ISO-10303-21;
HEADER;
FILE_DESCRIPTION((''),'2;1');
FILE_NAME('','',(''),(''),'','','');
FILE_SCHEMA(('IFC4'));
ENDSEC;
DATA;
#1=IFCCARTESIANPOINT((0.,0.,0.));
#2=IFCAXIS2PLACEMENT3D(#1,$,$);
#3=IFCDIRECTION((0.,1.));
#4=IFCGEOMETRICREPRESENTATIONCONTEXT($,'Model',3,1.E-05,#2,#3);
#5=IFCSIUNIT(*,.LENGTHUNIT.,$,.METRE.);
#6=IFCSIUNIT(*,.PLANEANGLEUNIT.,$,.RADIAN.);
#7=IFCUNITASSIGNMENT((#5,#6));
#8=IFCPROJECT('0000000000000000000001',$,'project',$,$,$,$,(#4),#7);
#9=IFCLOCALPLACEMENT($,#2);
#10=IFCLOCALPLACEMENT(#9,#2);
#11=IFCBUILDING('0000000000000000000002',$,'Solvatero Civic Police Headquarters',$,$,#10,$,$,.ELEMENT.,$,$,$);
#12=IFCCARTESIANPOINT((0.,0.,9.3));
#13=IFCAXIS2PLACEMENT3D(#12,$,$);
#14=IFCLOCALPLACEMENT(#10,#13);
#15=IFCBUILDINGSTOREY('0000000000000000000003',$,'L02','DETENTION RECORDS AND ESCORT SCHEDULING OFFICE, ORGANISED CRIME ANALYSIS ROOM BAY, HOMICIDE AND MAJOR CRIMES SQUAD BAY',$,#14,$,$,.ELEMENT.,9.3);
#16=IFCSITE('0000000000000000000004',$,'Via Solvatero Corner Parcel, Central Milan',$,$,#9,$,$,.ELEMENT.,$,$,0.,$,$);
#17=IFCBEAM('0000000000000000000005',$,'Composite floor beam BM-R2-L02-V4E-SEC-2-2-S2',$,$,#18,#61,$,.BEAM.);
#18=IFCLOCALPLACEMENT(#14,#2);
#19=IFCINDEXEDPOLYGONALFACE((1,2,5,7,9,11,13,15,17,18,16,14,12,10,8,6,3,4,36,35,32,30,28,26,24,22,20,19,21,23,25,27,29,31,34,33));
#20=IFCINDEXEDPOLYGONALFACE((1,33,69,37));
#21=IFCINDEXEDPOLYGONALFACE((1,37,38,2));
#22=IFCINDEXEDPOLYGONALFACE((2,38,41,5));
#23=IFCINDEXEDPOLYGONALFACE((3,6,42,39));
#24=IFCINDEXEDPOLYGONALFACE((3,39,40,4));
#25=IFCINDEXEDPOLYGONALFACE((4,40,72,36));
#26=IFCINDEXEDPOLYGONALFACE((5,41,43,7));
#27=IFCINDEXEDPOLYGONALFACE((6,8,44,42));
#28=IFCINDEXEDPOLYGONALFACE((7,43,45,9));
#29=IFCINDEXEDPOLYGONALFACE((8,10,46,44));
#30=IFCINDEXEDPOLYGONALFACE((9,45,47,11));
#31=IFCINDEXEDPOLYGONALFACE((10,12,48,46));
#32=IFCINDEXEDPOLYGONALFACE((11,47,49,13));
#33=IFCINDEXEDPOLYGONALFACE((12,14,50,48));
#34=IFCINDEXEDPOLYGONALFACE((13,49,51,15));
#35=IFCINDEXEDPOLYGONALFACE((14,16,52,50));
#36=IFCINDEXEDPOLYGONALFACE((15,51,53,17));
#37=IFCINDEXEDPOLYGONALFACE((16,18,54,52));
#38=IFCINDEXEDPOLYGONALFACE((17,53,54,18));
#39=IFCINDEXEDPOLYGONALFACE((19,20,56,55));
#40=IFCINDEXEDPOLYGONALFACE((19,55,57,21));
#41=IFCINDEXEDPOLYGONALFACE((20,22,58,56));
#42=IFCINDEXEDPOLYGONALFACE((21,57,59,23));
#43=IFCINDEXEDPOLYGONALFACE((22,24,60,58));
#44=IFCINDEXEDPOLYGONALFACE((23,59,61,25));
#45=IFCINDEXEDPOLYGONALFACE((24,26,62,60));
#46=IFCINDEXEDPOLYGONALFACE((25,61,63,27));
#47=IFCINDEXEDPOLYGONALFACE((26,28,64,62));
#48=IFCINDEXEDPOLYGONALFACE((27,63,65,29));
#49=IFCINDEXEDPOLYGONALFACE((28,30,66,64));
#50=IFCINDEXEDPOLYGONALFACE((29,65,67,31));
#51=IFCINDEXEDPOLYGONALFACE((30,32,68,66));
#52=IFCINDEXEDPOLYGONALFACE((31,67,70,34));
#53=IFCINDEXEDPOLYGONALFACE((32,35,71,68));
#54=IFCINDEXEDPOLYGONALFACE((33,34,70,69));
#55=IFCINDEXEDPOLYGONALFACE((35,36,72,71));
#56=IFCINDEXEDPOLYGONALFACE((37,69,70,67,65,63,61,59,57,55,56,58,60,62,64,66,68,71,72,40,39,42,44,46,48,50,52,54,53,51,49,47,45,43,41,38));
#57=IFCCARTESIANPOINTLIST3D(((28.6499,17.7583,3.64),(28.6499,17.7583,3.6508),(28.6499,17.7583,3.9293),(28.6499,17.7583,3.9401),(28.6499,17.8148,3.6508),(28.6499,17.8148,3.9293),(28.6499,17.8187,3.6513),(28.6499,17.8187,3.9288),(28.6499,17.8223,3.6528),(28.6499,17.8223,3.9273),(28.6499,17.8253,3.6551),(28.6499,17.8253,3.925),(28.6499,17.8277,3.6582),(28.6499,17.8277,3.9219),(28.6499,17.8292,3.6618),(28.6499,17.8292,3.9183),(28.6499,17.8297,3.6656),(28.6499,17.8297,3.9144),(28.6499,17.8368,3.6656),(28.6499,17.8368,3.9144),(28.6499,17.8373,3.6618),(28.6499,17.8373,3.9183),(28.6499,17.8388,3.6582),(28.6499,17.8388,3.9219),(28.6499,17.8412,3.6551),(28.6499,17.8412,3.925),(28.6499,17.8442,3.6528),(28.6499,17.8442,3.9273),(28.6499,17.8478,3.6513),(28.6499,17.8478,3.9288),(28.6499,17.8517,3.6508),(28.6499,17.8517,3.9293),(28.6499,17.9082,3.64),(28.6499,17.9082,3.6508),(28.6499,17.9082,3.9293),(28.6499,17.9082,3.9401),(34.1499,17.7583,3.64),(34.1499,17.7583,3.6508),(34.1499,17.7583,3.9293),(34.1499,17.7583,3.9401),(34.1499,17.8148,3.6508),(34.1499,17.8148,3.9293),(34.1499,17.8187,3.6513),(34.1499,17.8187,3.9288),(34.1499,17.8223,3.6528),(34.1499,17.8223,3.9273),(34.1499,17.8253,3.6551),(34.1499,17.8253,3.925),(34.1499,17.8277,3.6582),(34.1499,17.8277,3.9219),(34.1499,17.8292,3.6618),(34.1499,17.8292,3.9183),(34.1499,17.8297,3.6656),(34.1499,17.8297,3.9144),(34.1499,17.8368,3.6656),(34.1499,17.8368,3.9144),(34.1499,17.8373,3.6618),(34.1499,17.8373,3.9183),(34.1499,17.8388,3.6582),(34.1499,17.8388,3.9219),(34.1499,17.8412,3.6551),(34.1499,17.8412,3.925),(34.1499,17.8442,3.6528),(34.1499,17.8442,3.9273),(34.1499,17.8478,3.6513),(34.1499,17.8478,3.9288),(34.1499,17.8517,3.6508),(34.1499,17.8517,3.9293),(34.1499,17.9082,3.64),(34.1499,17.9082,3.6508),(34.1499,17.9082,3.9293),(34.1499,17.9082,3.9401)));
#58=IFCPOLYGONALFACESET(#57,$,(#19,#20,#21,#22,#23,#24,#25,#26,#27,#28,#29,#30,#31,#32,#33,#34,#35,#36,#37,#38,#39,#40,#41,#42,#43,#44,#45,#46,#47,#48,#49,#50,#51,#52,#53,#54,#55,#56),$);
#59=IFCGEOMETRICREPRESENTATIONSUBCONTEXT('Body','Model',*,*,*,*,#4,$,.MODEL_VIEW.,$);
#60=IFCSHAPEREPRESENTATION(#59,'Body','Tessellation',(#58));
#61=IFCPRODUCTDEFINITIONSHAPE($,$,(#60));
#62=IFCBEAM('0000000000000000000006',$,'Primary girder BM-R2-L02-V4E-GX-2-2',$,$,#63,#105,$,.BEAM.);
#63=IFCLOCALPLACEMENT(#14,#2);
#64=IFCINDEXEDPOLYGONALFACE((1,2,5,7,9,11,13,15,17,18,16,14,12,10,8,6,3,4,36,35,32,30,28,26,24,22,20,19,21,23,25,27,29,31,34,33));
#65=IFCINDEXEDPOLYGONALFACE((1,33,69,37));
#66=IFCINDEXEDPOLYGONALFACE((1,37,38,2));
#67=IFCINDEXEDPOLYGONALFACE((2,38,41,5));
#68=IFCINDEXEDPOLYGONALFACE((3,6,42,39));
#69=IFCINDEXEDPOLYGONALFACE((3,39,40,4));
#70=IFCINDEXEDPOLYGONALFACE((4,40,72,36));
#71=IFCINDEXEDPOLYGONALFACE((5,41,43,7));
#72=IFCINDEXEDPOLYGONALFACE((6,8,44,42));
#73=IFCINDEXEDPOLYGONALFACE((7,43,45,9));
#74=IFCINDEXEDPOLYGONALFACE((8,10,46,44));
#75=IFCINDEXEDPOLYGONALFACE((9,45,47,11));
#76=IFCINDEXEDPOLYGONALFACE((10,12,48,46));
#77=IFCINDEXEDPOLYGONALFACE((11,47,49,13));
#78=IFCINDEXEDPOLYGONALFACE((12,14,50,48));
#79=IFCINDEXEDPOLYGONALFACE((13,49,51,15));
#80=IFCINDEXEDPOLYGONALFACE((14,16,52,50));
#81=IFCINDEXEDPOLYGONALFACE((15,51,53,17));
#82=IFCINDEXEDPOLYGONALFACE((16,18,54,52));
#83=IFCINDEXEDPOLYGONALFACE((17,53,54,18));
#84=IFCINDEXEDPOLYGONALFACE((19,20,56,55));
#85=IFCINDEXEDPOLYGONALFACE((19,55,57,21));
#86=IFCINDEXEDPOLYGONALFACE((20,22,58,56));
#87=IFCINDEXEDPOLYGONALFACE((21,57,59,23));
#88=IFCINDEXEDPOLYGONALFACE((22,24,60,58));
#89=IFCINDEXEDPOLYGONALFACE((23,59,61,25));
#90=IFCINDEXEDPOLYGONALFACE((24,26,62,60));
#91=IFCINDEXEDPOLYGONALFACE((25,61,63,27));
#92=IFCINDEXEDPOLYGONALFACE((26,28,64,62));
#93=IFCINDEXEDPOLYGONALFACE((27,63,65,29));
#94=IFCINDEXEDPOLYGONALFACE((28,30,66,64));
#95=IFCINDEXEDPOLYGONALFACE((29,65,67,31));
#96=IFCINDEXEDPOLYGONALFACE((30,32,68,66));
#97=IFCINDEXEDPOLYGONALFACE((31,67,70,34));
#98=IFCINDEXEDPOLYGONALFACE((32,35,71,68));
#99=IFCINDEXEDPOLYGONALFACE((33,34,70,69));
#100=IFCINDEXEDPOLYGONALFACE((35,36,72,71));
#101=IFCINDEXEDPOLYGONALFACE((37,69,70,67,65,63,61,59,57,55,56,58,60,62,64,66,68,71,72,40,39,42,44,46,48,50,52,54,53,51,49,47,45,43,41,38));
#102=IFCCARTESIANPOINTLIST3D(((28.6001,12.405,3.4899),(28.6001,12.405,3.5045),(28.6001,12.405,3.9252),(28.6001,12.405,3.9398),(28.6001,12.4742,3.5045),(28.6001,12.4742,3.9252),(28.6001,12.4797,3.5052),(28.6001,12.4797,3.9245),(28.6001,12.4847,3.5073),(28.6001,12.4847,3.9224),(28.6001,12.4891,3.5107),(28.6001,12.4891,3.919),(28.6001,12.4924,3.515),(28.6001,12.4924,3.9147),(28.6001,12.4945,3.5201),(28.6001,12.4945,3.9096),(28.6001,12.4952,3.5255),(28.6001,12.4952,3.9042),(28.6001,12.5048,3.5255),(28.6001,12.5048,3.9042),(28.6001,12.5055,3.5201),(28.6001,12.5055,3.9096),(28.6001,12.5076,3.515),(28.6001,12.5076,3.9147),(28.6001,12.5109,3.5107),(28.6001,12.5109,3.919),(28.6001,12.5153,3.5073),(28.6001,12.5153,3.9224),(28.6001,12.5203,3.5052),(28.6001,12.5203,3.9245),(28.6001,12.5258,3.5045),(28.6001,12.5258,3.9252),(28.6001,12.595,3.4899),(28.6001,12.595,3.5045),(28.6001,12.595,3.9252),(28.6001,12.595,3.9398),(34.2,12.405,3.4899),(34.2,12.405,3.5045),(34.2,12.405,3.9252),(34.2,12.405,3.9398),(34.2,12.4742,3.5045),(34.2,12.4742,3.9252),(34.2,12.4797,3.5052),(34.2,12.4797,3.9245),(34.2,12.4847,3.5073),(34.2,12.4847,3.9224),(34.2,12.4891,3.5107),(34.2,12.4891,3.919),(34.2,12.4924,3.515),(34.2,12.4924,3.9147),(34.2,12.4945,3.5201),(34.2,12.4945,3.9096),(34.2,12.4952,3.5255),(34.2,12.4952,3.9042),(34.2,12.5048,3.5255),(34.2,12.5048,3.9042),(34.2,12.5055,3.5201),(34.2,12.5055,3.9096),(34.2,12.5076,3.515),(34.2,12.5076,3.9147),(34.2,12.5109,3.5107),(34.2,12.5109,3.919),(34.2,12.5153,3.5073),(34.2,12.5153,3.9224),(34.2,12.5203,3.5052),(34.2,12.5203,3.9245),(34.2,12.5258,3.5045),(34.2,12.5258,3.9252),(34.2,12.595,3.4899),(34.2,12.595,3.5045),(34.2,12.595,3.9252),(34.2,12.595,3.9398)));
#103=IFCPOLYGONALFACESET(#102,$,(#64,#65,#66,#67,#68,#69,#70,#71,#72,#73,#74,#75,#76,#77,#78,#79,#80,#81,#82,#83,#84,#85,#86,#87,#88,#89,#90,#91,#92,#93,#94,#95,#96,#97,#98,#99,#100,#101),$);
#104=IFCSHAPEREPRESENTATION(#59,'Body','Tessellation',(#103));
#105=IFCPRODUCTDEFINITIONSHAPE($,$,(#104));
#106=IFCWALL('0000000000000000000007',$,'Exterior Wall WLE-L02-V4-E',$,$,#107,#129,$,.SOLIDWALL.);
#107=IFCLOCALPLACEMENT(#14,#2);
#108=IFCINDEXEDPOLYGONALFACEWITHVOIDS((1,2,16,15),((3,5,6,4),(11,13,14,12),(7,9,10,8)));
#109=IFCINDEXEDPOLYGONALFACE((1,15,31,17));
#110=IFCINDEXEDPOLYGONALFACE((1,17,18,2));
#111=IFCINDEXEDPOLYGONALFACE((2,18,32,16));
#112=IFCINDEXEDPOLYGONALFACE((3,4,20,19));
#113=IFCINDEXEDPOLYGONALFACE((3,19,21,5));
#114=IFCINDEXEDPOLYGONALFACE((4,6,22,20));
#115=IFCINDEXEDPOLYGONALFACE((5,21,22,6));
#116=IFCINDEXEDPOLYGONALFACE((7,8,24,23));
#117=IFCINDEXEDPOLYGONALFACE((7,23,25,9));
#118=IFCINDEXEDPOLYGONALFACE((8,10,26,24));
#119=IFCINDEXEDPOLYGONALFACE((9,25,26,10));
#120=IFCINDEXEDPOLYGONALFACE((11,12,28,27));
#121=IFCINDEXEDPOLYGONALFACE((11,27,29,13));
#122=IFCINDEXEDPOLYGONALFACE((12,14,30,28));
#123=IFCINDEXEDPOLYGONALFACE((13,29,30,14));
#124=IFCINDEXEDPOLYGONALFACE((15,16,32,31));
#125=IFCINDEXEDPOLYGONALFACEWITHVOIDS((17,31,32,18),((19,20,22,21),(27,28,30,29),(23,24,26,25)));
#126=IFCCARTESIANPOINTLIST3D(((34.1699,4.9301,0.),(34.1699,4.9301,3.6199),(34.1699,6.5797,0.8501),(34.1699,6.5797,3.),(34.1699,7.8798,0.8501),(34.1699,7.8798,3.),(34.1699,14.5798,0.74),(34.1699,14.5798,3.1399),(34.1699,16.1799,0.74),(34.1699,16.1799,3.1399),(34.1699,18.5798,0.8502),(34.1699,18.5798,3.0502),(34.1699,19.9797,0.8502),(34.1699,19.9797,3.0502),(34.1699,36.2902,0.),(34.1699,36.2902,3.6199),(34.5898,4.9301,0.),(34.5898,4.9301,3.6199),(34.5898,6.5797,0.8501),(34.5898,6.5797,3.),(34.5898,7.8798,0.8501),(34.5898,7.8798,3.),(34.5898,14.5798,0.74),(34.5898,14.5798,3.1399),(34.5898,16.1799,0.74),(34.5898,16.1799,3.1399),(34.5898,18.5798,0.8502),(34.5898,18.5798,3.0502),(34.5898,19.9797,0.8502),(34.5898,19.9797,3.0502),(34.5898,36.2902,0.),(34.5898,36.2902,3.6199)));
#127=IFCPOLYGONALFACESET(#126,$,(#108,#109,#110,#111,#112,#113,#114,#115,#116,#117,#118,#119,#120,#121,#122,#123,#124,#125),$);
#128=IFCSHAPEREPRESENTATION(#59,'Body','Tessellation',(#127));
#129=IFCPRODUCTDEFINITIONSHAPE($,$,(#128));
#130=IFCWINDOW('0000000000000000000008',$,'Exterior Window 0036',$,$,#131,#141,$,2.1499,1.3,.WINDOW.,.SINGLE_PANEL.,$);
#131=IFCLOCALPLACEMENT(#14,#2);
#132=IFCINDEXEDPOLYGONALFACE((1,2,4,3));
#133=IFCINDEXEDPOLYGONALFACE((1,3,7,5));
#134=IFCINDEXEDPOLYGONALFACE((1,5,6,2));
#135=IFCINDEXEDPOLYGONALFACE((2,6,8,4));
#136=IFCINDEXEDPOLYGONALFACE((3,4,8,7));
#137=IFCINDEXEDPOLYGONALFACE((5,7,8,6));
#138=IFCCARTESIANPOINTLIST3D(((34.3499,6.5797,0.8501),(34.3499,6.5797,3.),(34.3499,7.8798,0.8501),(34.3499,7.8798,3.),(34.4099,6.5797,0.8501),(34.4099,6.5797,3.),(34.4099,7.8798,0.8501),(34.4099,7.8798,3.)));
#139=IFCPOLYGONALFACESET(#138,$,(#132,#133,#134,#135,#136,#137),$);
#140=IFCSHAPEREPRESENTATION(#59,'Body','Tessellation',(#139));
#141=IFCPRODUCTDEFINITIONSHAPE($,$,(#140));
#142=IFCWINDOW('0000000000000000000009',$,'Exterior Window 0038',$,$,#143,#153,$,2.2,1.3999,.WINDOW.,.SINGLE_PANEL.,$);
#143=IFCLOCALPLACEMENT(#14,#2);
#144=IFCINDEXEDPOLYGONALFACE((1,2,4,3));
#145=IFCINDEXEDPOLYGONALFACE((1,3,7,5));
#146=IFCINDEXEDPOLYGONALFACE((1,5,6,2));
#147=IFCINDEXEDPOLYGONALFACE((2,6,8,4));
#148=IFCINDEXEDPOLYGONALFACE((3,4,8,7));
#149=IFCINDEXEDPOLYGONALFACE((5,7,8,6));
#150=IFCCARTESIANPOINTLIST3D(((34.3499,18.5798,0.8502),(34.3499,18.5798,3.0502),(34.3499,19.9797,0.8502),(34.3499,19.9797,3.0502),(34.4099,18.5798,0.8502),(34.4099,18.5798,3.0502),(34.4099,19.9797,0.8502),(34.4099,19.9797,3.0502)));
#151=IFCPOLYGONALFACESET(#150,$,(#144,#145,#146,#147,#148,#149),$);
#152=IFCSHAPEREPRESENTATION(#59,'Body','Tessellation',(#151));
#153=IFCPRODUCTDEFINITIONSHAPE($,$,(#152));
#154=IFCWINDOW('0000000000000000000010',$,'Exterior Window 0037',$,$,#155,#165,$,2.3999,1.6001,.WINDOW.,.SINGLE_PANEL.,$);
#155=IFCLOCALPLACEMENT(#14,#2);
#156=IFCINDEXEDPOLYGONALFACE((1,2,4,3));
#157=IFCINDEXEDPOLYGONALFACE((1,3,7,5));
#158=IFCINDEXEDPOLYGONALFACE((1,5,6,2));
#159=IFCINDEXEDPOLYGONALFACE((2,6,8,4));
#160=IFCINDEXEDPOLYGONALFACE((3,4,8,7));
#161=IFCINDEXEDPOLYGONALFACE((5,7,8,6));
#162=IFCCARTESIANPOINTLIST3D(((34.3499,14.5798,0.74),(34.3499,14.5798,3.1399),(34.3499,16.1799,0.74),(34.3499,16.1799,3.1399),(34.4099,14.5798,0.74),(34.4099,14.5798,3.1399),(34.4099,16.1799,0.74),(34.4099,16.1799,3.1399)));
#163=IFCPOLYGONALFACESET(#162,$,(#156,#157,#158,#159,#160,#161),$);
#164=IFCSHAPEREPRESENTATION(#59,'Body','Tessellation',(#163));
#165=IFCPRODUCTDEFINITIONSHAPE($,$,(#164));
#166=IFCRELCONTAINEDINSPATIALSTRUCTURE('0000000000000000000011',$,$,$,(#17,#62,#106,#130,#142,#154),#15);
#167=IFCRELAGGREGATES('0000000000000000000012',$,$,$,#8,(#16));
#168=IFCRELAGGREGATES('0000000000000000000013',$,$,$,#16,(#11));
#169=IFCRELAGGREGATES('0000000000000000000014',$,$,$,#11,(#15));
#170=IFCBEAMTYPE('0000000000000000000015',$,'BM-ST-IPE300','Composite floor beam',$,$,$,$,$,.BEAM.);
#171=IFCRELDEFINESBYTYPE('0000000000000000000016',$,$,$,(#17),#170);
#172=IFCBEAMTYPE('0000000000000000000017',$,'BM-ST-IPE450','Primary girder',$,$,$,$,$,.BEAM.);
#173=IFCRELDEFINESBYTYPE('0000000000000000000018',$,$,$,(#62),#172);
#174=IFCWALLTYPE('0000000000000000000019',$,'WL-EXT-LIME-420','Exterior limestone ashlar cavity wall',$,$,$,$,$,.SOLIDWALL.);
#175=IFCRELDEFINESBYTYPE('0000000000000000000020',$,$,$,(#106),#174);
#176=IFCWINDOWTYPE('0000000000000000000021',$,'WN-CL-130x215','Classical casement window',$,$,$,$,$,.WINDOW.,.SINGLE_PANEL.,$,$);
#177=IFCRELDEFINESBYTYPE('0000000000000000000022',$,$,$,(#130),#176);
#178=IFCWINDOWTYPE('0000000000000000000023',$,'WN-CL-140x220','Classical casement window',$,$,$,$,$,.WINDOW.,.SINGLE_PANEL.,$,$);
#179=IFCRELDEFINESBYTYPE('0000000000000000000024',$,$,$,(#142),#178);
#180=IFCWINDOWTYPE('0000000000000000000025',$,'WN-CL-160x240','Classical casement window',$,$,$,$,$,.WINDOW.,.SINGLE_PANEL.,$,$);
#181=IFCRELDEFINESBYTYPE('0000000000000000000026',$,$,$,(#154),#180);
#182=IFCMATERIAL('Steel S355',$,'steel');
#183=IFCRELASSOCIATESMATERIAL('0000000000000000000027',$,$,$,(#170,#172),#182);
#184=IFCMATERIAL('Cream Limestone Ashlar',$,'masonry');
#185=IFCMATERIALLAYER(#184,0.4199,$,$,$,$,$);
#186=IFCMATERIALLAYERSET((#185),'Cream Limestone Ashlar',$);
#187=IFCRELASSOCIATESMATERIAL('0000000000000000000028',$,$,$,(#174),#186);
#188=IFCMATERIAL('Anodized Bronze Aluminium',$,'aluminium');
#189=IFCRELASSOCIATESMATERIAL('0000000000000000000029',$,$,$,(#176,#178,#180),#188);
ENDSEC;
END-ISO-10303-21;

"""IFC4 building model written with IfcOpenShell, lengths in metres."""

from ifc_helpers import new_model, si_unit, direction, frame, frame_2d, origin, origin_2d, place, context, subcontext, project, spatial, rectangle, i_section, extrude, material, layer, layer_set, material_profile, profile_set, type_object, element, fill, save


model = new_model("IFC4")

# Units and contexts
model_context = context("Model", 3, precision=1e-05, world=origin(), true_north=direction((0.0, 1.0)))
body_context = subcontext(model_context, "Body", "Model", "MODEL_VIEW")
ifc_project = project(units=[si_unit("LENGTHUNIT", "METRE"), si_unit("PLANEANGLEUNIT", "RADIAN")], contexts=[model_context])

# Site, building, storey
site_placement = place(None, origin())
site = spatial("IfcSite", under=ifc_project, at=site_placement, Name="Via Solvatero Corner Parcel, Central Milan", CompositionType="ELEMENT", RefElevation=0.0)
building_placement = place(site_placement, origin())
building = spatial("IfcBuilding", under=site, at=building_placement, Name="Solvatero Civic Police Headquarters", CompositionType="ELEMENT")
storey_placement = place(building_placement, frame((0.0, 0.0, 9.3)))
storey = spatial("IfcBuildingStorey", under=building, at=storey_placement, Name="L02", Description="DETENTION RECORDS AND ESCORT SCHEDULING OFFICE, ORGANISED CRIME ANALYSIS ROOM BAY, HOMICIDE AND MAJOR CRIMES SQUAD BAY", CompositionType="ELEMENT", Elevation=9.3)

# Shared definitions
ifc_material_1 = material(Name="Steel S355", Category="steel")

# Beams
ifc_material_profile_1 = material_profile(ifc_material_1, i_section(OverallWidth=0.1499, OverallDepth=0.3, WebThickness=0.0071, FlangeThickness=0.0107, FilletRadius=0.0149, at=origin_2d()), Name="IPE 300")
ifc_profile_set_1 = profile_set([ifc_material_profile_1], Name="Steel S355")
beam_type_1 = type_object("IfcBeamType", Name="BM-ST-IPE300", Description="Composite floor beam", PredefinedType="BEAM", material=ifc_profile_set_1)
for number, where, z_axis, x_axis, name in (
    (1, (28.6499, 17.8333, 3.79), (1.0, 0.0, 0.0), (0.0, 1.0, 0.0), "Composite floor beam BM-R2-L02-V4E-SEC-2-2-S2"),
):
    element("IfcBeam", number, at=place(storey_placement, frame(where, z_axis=z_axis, x_axis=x_axis)), inside=storey, type_object=beam_type_1, Name=name, PredefinedType="BEAM", context=body_context, shape_type="SweptSolid", body=[
        extrude(i_section(OverallWidth=0.1499, OverallDepth=0.3, WebThickness=0.0071, FlangeThickness=0.0107, FilletRadius=0.0149, at=origin_2d()), origin(), (0.0, 0.0, 1.0), 5.5),
    ])
ifc_material_profile_2 = material_profile(ifc_material_1, i_section(OverallWidth=0.1899, OverallDepth=0.45, WebThickness=0.0095, FlangeThickness=0.0146, FilletRadius=0.021, at=origin_2d()), Name="IPE 450")
ifc_profile_set_2 = profile_set([ifc_material_profile_2], Name="Steel S355")
beam_type_2 = type_object("IfcBeamType", Name="BM-ST-IPE450", Description="Primary girder", PredefinedType="BEAM", material=ifc_profile_set_2)
beam_1_placement = place(storey_placement, frame((28.6001, 12.5, 3.7148), z_axis=(1.0, 0.0, 0.0), x_axis=(0.0, 1.0, 0.0)))
element("IfcBeam", 2, at=beam_1_placement, inside=storey, type_object=beam_type_2, Name="Primary girder BM-R2-L02-V4E-GX-2-2", PredefinedType="BEAM", context=body_context, shape_type="SweptSolid", body=[
    extrude(i_section(OverallWidth=0.1899, OverallDepth=0.45, WebThickness=0.0095, FlangeThickness=0.0146, FilletRadius=0.021, at=origin_2d()), origin(), (0.0, 0.0, 1.0), 5.5999),
])

# Wall, openings, windows
ifc_material_2 = material(Name="Cream Limestone Ashlar", Category="masonry")
ifc_layer_1 = layer(ifc_material_2, 0.4199)
ifc_layer_set_1 = layer_set([ifc_layer_1], Name="Cream Limestone Ashlar")
wall_type_1 = type_object("IfcWallType", Name="WL-EXT-LIME-420", Description="Exterior limestone ashlar cavity wall", PredefinedType="SOLIDWALL", material=ifc_layer_set_1)
wall_1_placement = place(storey_placement, frame((34.3799, 4.9299, 0.0), z_axis=(0.0, 0.0, 1.0), x_axis=(0.0, 1.0, 0.0)))
wall_1 = element("IfcWall", 3, at=wall_1_placement, inside=storey, type_object=wall_type_1, Name="Exterior Wall WLE-L02-V4-E", PredefinedType="SOLIDWALL", context=body_context, shape_type="SweptSolid", body=[
    extrude(rectangle(XDim=31.3601, YDim=0.4199, at=frame_2d((15.6802, 0.0))), origin(), (0.0, 0.0, 1.0), 3.6199),
])
opening_1_placement = place(wall_1_placement, frame((1.6499, 0.0, 0.8501)))
opening_1 = element("IfcOpeningElement", 4, at=opening_1_placement, cuts=wall_1, PredefinedType="OPENING", context=body_context, shape_type="SweptSolid", body=[
    extrude(rectangle(XDim=1.3, YDim=2.1499, at=frame_2d((0.6499, 1.075))), frame((0.0, 0.22, 0.0), z_axis=(0.0, -1.0, 0.0), x_axis=(1.0, 0.0, 0.0)), (0.0, 0.0, 1.0), 0.4399),
])
opening_2_placement = place(wall_1_placement, frame((9.6499, 0.0, 0.74)))
opening_2 = element("IfcOpeningElement", 5, at=opening_2_placement, cuts=wall_1, PredefinedType="OPENING", context=body_context, shape_type="SweptSolid", body=[
    extrude(rectangle(XDim=1.6001, YDim=2.3999, at=frame_2d((0.8, 1.2))), frame((0.0, 0.22, 0.0), z_axis=(0.0, -1.0, 0.0), x_axis=(1.0, 0.0, 0.0)), (0.0, 0.0, 1.0), 0.4399),
])
opening_3_placement = place(wall_1_placement, frame((13.6499, 0.0, 0.8501)))
opening_3 = element("IfcOpeningElement", 6, at=opening_3_placement, cuts=wall_1, PredefinedType="OPENING", context=body_context, shape_type="SweptSolid", body=[
    extrude(rectangle(XDim=1.3999, YDim=2.2, at=frame_2d((0.7, 1.1001))), frame((0.0, 0.22, 0.0), z_axis=(0.0, -1.0, 0.0), x_axis=(1.0, 0.0, 0.0)), (0.0, 0.0, 1.0), 0.4399),
])
ifc_material_3 = material(Name="Anodized Bronze Aluminium", Category="aluminium")
window_type_1 = type_object("IfcWindowType", Name="WN-CL-130x215", Description="Classical casement window", PartitioningType="SINGLE_PANEL", PredefinedType="WINDOW", material=ifc_material_3)
window_1_placement = place(opening_1_placement, origin())
window_1 = element("IfcWindow", 7, at=window_1_placement, inside=storey, type_object=window_type_1, Name="Exterior Window 0036", OverallHeight=2.1499, OverallWidth=1.3, PartitioningType="SINGLE_PANEL", PredefinedType="WINDOW", context=body_context, shape_type="SweptSolid", body=[
    extrude(rectangle(XDim=1.3, YDim=2.1499, at=frame_2d((0.6499, 1.075))), frame((0.0, 0.03, 0.0), z_axis=(0.0, -1.0, 0.0), x_axis=(1.0, 0.0, 0.0)), (0.0, 0.0, 1.0), 0.0601),
])
fill(opening_1, window_1)
window_type_2 = type_object("IfcWindowType", Name="WN-CL-140x220", Description="Classical casement window", PartitioningType="SINGLE_PANEL", PredefinedType="WINDOW", material=ifc_material_3)
window_2_placement = place(opening_3_placement, origin())
window_2 = element("IfcWindow", 8, at=window_2_placement, inside=storey, type_object=window_type_2, Name="Exterior Window 0038", OverallHeight=2.2, OverallWidth=1.3999, PartitioningType="SINGLE_PANEL", PredefinedType="WINDOW", context=body_context, shape_type="SweptSolid", body=[
    extrude(rectangle(XDim=1.3999, YDim=2.2, at=frame_2d((0.7, 1.1001))), frame((0.0, 0.03, 0.0), z_axis=(0.0, -1.0, 0.0), x_axis=(1.0, 0.0, 0.0)), (0.0, 0.0, 1.0), 0.0601),
])
fill(opening_3, window_2)
window_type_3 = type_object("IfcWindowType", Name="WN-CL-160x240", Description="Classical casement window", PartitioningType="SINGLE_PANEL", PredefinedType="WINDOW", material=ifc_material_3)
window_3_placement = place(opening_2_placement, origin())
window_3 = element("IfcWindow", 9, at=window_3_placement, inside=storey, type_object=window_type_3, Name="Exterior Window 0037", OverallHeight=2.3999, OverallWidth=1.6001, PartitioningType="SINGLE_PANEL", PredefinedType="WINDOW", context=body_context, shape_type="SweptSolid", body=[
    extrude(rectangle(XDim=1.6001, YDim=2.3999, at=frame_2d((0.8, 1.2))), frame((0.0, 0.03, 0.0), z_axis=(0.0, -1.0, 0.0), x_axis=(1.0, 0.0, 0.0)), (0.0, 0.0, 1.0), 0.0601),
])
fill(opening_2, window_3)

save(model, "model.ifc")
